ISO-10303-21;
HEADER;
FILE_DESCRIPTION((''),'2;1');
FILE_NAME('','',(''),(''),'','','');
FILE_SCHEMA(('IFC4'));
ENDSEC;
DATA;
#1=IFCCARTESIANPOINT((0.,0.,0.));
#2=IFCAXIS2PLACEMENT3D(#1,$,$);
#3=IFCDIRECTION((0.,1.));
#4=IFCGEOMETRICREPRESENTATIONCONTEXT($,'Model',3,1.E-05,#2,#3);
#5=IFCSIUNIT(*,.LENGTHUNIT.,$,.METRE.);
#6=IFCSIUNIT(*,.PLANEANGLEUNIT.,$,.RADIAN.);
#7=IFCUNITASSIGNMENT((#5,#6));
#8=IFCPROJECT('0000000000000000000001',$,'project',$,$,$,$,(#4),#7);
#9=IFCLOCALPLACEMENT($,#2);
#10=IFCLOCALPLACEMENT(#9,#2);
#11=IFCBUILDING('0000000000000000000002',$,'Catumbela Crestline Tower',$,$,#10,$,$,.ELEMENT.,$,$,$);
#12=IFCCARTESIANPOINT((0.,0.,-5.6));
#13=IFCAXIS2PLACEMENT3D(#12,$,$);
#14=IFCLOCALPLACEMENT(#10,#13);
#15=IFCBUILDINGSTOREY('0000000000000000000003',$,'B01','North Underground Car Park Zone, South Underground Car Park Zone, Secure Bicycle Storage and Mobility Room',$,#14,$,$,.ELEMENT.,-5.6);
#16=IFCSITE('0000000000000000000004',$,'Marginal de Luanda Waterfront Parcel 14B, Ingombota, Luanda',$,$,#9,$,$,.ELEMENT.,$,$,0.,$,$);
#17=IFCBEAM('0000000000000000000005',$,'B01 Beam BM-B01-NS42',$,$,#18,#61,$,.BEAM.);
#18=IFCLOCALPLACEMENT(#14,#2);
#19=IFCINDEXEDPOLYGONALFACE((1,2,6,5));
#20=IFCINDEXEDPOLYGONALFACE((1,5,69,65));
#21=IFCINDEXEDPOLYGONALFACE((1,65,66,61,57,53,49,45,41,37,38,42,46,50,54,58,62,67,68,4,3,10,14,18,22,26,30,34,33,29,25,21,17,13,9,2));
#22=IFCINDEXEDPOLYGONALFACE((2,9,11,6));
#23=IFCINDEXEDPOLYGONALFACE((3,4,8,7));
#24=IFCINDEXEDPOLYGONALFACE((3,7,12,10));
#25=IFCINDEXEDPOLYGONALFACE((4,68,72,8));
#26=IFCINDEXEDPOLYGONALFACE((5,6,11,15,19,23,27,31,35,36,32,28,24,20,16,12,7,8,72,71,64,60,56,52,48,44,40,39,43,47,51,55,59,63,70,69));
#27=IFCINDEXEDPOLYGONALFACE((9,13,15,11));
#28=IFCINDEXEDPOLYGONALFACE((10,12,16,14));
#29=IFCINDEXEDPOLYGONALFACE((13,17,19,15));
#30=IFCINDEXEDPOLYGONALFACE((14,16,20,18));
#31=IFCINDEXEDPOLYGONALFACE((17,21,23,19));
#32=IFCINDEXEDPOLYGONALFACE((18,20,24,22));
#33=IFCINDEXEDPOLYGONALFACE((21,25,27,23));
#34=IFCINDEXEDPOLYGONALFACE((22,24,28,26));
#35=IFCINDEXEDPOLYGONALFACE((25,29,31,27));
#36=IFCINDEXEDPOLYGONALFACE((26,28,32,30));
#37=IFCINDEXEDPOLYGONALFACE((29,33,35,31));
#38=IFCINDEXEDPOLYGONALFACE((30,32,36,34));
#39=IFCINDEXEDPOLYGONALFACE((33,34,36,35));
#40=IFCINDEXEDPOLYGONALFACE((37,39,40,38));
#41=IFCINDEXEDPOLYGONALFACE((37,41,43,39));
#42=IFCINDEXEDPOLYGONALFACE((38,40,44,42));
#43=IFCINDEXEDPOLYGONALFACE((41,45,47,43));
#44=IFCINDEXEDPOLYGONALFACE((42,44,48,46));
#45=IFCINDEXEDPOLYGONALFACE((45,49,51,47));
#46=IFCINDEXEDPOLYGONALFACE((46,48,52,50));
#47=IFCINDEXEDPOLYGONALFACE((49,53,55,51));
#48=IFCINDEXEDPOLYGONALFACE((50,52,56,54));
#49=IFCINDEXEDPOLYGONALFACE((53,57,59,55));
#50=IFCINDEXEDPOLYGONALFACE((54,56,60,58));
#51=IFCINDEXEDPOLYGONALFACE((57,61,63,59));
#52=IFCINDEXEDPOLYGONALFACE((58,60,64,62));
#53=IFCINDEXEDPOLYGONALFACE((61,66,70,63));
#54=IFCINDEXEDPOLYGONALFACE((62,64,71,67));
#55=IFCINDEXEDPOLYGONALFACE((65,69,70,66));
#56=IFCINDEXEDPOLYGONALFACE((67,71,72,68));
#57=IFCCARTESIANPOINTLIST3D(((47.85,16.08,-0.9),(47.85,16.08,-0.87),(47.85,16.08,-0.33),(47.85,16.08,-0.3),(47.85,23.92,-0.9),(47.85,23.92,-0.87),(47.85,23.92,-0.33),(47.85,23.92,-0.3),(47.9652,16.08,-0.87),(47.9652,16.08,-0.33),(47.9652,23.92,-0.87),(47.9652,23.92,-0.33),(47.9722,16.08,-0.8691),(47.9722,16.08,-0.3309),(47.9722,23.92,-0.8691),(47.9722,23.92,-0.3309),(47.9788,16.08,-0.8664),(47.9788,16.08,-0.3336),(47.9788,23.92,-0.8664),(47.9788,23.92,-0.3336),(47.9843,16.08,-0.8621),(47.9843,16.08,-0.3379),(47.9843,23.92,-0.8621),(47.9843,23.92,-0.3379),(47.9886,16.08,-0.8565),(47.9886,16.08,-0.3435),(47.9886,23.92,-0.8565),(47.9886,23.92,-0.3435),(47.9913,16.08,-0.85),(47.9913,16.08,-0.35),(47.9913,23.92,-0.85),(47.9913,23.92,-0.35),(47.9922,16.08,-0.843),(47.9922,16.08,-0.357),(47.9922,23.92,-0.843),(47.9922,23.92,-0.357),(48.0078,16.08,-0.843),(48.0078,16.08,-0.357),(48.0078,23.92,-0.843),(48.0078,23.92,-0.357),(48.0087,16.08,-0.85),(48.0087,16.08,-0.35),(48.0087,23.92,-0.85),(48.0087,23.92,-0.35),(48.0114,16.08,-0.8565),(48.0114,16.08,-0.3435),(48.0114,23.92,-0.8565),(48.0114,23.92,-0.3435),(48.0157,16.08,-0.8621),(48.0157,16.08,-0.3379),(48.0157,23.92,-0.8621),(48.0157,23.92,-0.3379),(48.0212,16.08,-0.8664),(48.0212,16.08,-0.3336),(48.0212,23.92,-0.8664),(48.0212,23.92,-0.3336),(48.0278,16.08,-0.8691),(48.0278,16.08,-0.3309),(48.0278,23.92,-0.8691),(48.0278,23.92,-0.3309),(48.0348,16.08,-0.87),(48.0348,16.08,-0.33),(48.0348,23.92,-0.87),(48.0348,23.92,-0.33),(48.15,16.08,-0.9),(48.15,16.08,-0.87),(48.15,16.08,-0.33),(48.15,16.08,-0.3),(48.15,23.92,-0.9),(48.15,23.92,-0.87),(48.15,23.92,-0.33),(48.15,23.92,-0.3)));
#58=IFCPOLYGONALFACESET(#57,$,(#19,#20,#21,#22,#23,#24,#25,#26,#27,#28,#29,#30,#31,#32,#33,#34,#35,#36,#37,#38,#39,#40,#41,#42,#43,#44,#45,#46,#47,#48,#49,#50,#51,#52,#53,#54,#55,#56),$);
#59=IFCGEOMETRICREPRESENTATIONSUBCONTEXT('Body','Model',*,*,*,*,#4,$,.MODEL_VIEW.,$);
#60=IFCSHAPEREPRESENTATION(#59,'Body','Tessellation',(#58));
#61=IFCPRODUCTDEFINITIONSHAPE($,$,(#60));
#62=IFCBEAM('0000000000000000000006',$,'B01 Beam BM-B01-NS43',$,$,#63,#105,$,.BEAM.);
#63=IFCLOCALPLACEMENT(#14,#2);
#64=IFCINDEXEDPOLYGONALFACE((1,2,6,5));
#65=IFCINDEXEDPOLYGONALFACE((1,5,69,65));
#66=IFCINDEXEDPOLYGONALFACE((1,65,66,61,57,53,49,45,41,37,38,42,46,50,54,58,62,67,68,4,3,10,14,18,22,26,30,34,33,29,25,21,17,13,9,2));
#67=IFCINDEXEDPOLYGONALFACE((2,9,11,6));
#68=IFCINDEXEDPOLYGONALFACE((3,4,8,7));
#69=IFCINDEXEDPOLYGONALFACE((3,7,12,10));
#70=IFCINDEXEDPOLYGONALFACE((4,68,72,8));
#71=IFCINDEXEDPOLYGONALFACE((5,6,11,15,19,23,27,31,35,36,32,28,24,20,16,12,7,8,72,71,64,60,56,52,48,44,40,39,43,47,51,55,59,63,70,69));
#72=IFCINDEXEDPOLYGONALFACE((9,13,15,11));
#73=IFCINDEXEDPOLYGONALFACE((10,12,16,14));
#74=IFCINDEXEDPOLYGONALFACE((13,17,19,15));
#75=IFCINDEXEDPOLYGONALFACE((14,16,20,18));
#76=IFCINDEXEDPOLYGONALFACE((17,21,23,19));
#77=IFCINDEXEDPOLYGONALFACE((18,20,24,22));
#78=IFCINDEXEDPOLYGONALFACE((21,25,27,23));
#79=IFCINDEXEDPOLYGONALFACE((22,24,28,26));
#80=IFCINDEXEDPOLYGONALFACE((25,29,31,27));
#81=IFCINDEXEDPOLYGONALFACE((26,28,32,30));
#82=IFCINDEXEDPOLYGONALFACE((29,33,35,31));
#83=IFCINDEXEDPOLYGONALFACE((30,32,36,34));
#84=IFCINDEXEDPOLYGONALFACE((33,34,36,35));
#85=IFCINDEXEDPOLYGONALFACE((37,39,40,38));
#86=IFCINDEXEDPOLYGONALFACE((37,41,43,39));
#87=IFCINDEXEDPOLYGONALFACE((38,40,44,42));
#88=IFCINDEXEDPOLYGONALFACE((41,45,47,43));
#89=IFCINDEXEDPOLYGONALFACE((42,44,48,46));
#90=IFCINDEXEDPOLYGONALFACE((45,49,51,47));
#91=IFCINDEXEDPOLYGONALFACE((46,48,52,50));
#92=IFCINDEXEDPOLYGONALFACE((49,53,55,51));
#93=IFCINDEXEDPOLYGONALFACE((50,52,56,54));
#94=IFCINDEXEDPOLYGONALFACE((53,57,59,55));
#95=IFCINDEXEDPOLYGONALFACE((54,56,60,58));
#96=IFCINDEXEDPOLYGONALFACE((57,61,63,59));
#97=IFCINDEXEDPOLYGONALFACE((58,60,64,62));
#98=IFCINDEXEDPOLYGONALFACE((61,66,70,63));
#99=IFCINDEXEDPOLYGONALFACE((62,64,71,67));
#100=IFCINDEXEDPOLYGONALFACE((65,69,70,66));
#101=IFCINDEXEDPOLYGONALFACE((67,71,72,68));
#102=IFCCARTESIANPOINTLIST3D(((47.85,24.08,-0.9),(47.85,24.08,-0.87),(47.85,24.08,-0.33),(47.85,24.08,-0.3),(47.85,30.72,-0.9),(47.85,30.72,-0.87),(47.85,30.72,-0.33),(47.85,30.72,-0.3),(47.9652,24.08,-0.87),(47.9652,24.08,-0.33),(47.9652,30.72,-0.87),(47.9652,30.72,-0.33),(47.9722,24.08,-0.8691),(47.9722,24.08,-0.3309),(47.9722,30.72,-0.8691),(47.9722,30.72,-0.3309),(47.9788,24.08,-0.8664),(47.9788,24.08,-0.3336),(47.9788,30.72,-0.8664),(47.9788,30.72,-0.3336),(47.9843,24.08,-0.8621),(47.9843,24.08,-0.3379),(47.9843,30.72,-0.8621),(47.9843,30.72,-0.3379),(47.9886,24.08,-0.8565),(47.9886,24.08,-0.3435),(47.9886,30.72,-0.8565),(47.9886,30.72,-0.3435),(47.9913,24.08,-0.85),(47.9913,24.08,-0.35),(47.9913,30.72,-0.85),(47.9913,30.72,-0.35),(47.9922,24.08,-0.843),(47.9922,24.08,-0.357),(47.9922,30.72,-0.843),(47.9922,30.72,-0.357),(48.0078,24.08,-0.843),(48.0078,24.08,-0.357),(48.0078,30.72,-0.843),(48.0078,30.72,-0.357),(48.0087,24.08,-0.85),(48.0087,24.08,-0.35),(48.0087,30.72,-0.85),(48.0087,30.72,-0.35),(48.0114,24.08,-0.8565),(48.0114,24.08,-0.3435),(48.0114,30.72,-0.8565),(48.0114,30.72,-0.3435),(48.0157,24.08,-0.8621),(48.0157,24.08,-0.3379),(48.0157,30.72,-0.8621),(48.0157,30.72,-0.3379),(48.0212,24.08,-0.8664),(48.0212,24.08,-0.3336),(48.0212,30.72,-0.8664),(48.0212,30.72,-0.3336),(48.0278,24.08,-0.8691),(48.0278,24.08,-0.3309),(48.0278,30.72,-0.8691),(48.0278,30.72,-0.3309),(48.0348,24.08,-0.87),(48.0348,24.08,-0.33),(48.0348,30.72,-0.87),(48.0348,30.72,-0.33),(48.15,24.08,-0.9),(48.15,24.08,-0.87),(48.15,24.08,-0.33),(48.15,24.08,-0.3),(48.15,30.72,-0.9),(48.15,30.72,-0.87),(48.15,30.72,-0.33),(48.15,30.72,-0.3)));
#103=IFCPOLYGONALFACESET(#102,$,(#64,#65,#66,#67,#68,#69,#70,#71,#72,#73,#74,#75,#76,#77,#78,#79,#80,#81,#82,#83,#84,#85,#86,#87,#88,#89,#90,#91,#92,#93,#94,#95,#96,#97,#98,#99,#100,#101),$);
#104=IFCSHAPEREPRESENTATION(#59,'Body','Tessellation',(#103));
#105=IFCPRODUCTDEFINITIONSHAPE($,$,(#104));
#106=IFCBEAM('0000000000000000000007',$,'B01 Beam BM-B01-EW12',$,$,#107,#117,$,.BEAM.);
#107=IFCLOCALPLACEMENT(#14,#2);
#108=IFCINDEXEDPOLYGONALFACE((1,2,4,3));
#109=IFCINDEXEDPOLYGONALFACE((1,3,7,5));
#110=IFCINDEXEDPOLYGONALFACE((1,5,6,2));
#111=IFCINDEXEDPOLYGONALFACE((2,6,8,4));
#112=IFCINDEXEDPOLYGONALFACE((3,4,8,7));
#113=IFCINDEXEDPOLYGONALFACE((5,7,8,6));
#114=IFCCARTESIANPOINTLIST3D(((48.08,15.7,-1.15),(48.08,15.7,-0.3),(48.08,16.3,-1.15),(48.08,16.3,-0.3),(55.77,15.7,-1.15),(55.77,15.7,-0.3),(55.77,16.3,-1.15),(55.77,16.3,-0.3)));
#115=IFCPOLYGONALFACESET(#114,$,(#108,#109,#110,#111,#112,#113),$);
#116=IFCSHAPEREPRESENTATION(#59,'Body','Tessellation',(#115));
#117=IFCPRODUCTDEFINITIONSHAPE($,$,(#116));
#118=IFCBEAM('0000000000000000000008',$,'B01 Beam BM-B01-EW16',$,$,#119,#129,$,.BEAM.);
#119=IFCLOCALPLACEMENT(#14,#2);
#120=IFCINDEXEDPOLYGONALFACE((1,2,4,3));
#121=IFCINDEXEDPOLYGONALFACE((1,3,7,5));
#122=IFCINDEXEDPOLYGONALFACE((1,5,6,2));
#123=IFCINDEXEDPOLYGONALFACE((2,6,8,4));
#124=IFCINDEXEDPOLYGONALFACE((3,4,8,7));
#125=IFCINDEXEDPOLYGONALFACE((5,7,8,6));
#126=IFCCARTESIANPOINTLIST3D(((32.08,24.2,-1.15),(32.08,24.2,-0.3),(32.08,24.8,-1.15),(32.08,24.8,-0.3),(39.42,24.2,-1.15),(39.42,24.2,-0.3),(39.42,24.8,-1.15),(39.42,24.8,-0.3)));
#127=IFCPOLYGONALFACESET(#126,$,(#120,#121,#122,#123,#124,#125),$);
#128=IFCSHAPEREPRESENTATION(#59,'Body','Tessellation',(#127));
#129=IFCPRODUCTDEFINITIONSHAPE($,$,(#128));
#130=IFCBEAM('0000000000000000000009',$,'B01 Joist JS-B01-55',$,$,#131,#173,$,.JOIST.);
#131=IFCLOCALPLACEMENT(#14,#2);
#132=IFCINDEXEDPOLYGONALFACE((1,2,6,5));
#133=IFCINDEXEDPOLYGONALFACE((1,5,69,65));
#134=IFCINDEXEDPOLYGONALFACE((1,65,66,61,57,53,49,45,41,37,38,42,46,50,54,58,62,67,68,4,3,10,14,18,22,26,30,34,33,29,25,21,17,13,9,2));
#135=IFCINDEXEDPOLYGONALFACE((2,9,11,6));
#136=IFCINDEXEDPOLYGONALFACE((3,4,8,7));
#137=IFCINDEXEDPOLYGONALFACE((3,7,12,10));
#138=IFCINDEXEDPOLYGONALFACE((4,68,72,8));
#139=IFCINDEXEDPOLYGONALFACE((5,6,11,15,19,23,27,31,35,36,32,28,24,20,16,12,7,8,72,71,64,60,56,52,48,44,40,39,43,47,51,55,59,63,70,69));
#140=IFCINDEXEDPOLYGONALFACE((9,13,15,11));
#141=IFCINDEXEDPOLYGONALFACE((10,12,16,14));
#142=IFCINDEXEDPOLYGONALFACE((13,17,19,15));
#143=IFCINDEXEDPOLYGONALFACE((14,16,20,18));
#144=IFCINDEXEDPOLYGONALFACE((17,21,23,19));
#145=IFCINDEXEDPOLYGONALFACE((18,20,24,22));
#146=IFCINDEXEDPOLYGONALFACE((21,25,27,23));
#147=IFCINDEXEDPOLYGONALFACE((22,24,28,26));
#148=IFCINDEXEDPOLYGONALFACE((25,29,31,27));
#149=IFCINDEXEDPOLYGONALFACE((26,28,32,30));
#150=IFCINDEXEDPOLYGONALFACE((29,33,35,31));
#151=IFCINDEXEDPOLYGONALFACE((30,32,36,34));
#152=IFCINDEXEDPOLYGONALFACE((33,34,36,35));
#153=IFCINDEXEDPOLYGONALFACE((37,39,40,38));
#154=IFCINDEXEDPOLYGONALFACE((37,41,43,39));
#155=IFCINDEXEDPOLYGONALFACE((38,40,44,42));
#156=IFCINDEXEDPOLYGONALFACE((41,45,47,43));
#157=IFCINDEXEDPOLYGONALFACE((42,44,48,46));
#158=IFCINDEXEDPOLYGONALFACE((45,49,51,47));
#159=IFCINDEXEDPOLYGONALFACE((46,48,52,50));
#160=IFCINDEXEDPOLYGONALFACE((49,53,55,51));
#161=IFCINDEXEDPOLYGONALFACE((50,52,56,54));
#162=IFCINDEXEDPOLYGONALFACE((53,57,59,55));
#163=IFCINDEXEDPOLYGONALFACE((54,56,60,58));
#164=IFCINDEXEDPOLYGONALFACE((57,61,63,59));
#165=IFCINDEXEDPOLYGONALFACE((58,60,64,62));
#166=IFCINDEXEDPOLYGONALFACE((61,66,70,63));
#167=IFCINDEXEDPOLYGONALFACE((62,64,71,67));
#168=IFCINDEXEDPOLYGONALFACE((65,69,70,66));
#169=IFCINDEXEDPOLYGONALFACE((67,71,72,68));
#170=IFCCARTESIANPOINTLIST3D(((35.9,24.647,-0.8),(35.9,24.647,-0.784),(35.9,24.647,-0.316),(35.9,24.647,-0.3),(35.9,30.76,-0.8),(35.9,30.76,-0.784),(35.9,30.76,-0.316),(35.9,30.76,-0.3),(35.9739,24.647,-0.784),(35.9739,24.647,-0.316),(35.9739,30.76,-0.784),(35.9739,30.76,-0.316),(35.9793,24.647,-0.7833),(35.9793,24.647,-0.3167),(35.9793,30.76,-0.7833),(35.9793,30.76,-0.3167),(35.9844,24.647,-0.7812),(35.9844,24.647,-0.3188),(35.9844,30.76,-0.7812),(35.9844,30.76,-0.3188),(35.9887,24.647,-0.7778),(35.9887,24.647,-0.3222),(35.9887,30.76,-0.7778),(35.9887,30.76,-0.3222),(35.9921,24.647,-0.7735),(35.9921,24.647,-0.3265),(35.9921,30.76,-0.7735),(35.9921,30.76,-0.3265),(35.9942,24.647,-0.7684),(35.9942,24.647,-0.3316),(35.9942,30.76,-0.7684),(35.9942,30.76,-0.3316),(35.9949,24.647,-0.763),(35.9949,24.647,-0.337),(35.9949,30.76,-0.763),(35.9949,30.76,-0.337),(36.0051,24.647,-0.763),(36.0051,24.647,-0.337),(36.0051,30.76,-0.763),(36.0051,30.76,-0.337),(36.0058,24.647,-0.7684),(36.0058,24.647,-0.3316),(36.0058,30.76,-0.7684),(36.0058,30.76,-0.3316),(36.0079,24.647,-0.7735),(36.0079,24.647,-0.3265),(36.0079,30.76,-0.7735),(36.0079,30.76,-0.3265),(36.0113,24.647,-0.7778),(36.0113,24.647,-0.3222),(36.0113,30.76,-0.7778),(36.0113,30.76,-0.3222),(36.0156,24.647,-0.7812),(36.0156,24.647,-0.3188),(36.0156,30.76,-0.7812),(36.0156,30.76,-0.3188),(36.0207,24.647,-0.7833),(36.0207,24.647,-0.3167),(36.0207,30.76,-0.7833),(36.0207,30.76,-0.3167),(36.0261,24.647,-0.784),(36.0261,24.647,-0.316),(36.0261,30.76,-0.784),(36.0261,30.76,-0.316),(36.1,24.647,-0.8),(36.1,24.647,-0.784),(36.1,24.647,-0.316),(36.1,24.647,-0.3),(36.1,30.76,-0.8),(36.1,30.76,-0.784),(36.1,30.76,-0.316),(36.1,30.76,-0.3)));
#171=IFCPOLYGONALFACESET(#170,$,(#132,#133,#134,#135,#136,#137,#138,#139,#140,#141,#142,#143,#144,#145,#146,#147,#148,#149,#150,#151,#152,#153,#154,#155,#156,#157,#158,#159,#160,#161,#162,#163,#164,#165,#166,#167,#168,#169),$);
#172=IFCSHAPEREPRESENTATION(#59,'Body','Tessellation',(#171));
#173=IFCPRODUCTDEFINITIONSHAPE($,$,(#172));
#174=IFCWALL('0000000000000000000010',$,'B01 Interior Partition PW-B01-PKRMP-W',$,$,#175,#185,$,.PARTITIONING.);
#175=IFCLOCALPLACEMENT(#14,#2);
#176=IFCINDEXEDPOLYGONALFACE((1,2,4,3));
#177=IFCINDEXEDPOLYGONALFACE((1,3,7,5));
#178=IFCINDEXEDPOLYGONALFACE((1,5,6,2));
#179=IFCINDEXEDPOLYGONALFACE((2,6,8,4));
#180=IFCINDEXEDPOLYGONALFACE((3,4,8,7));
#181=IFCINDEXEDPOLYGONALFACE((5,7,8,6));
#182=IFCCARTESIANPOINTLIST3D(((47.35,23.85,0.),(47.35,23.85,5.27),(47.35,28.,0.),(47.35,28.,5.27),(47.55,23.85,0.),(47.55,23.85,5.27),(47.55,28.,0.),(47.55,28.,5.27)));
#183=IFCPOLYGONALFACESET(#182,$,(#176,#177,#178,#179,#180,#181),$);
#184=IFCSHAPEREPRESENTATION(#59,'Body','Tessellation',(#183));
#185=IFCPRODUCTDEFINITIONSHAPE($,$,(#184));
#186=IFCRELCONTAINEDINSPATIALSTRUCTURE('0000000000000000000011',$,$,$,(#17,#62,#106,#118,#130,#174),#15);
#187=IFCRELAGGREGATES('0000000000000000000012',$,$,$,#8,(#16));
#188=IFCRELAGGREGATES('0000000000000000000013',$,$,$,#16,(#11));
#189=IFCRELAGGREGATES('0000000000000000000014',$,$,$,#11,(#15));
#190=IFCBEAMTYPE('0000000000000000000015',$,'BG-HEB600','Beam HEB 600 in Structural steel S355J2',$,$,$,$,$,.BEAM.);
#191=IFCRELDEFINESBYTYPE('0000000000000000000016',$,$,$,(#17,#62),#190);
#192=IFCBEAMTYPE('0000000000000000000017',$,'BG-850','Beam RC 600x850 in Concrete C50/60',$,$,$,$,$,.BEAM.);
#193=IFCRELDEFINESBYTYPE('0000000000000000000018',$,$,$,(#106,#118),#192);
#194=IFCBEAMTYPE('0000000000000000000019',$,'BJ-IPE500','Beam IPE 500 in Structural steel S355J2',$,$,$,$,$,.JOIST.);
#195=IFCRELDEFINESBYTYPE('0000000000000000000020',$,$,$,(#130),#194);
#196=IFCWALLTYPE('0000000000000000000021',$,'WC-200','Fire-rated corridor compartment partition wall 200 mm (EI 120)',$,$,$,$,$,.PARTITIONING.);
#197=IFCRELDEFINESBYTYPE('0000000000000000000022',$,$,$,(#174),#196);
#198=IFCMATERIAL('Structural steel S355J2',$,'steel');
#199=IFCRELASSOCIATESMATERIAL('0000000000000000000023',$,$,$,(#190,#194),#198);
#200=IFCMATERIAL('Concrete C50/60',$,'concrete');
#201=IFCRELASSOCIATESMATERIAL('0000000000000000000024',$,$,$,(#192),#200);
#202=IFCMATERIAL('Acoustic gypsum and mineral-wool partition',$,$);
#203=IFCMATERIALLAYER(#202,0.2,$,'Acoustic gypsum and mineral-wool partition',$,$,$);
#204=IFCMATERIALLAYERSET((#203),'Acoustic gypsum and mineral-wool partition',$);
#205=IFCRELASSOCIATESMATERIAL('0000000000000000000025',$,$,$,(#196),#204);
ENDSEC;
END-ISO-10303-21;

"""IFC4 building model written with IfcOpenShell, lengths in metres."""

from ifc_helpers import new_model, si_unit, direction, frame, frame_2d, origin, origin_2d, place, context, subcontext, project, spatial, rectangle, i_section, extrude, material, layer, layer_set, material_profile, profile_set, type_object, element, save


model = new_model("IFC4")

# Units and contexts
model_context = context("Model", 3, precision=1e-05, world=origin(), true_north=direction((0.0, 1.0)))
body_context = subcontext(model_context, "Body", "Model", "MODEL_VIEW")
ifc_project = project(units=[si_unit("LENGTHUNIT", "METRE"), si_unit("PLANEANGLEUNIT", "RADIAN")], contexts=[model_context])

# Site, building, storey
site_placement = place(None, origin())
site = spatial("IfcSite", under=ifc_project, at=site_placement, Name="Marginal de Luanda Waterfront Parcel 14B, Ingombota, Luanda", CompositionType="ELEMENT", RefElevation=0.0)
building_placement = place(site_placement, origin())
building = spatial("IfcBuilding", under=site, at=building_placement, Name="Catumbela Crestline Tower", CompositionType="ELEMENT")
storey_placement = place(building_placement, frame((0.0, 0.0, -5.6)))
storey = spatial("IfcBuildingStorey", under=building, at=storey_placement, Name="B01", Description="North Underground Car Park Zone, South Underground Car Park Zone, Secure Bicycle Storage and Mobility Room", CompositionType="ELEMENT", Elevation=-5.6)

# Shared definitions
ifc_material_1 = material(Name="Concrete C50/60", Category="concrete")

# Beams
ifc_material_2 = material(Name="Structural steel S355J2", Category="steel")
ifc_material_profile_1 = material_profile(ifc_material_2, i_section(OverallWidth=0.3, OverallDepth=0.6, WebThickness=0.0155, FlangeThickness=0.03, FilletRadius=0.027, at=origin_2d()), Name="HEB 600")
ifc_profile_set_1 = profile_set([ifc_material_profile_1], Name="Structural steel S355J2")
beam_type_1 = type_object("IfcBeamType", Name="BG-HEB600", Description="Beam HEB 600 in Structural steel S355J2", PredefinedType="BEAM", material=ifc_profile_set_1)
beam_1_placement = place(storey_placement, frame((48.0, 16.08, -0.6), z_axis=(0.0, 1.0, 0.0), x_axis=(-1.0, 0.0, 0.0)))
element("IfcBeam", 1, at=beam_1_placement, inside=storey, type_object=beam_type_1, Name="B01 Beam BM-B01-NS42", PredefinedType="BEAM", context=body_context, shape_type="SweptSolid", body=[
    extrude(i_section(OverallWidth=0.3, OverallDepth=0.6, WebThickness=0.0155, FlangeThickness=0.03, FilletRadius=0.027, at=origin_2d()), origin(), (0.0, 0.0, 1.0), 7.84),
])
beam_2_placement = place(storey_placement, frame((48.0, 24.08, -0.6), z_axis=(0.0, 1.0, 0.0), x_axis=(-1.0, 0.0, 0.0)))
element("IfcBeam", 2, at=beam_2_placement, inside=storey, type_object=beam_type_1, Name="B01 Beam BM-B01-NS43", PredefinedType="BEAM", context=body_context, shape_type="SweptSolid", body=[
    extrude(i_section(OverallWidth=0.3, OverallDepth=0.6, WebThickness=0.0155, FlangeThickness=0.03, FilletRadius=0.027, at=origin_2d()), origin(), (0.0, 0.0, 1.0), 6.64),
])
ifc_material_profile_2 = material_profile(ifc_material_1, rectangle(XDim=0.6, YDim=0.85, at=origin_2d()), Name="RC 600x850")
ifc_profile_set_2 = profile_set([ifc_material_profile_2], Name="Concrete C50/60")
beam_type_2 = type_object("IfcBeamType", Name="BG-850", Description="Beam RC 600x850 in Concrete C50/60", PredefinedType="BEAM", material=ifc_profile_set_2)
beam_3_placement = place(storey_placement, frame((48.08, 16.0, -0.725), z_axis=(1.0, 0.0, 0.0), x_axis=(0.0, 1.0, 0.0)))
element("IfcBeam", 3, at=beam_3_placement, inside=storey, type_object=beam_type_2, Name="B01 Beam BM-B01-EW12", PredefinedType="BEAM", context=body_context, shape_type="SweptSolid", body=[
    extrude(rectangle(XDim=0.6, YDim=0.85, at=origin_2d()), origin(), (0.0, 0.0, 1.0), 7.69),
])
beam_4_placement = place(storey_placement, frame((32.08, 24.5, -0.725), z_axis=(1.0, 0.0, 0.0), x_axis=(0.0, 1.0, 0.0)))
element("IfcBeam", 4, at=beam_4_placement, inside=storey, type_object=beam_type_2, Name="B01 Beam BM-B01-EW16", PredefinedType="BEAM", context=body_context, shape_type="SweptSolid", body=[
    extrude(rectangle(XDim=0.6, YDim=0.85, at=origin_2d()), origin(), (0.0, 0.0, 1.0), 7.34),
])
ifc_material_profile_3 = material_profile(ifc_material_2, i_section(OverallWidth=0.2, OverallDepth=0.5, WebThickness=0.0102, FlangeThickness=0.016, FilletRadius=0.021, at=origin_2d()), Name="IPE 500")
ifc_profile_set_3 = profile_set([ifc_material_profile_3], Name="Structural steel S355J2")
beam_type_3 = type_object("IfcBeamType", Name="BJ-IPE500", Description="Beam IPE 500 in Structural steel S355J2", PredefinedType="JOIST", material=ifc_profile_set_3)
beam_5_placement = place(storey_placement, frame((36.0, 24.647, -0.55), z_axis=(0.0, 1.0, 0.0), x_axis=(-1.0, 0.0, 0.0)))
element("IfcBeam", 5, at=beam_5_placement, inside=storey, type_object=beam_type_3, Name="B01 Joist JS-B01-55", PredefinedType="JOIST", context=body_context, shape_type="SweptSolid", body=[
    extrude(i_section(OverallWidth=0.2, OverallDepth=0.5, WebThickness=0.0102, FlangeThickness=0.016, FilletRadius=0.021, at=origin_2d()), origin(), (0.0, 0.0, 1.0), 6.113),
])

# Wall
ifc_material_3 = material(Name="Acoustic gypsum and mineral-wool partition")
ifc_layer_1 = layer(ifc_material_3, 0.2, Name="Acoustic gypsum and mineral-wool partition")
ifc_layer_set_1 = layer_set([ifc_layer_1], Name="Acoustic gypsum and mineral-wool partition")
wall_type_1 = type_object("IfcWallType", Name="WC-200", Description="Fire-rated corridor compartment partition wall 200 mm (EI 120)", PredefinedType="PARTITIONING", material=ifc_layer_set_1)
wall_1_placement = place(storey_placement, frame((47.45, 23.85, 0.0), z_axis=(0.0, 0.0, 1.0), x_axis=(0.0, 1.0, 0.0)))
element("IfcWall", 6, at=wall_1_placement, inside=storey, type_object=wall_type_1, Name="B01 Interior Partition PW-B01-PKRMP-W", PredefinedType="PARTITIONING", context=body_context, shape_type="SweptSolid", body=[
    extrude(rectangle(XDim=4.15, YDim=0.2, at=frame_2d((2.075, 0.0))), origin(), (0.0, 0.0, 1.0), 5.27),
])

save(model, "model.ifc")
